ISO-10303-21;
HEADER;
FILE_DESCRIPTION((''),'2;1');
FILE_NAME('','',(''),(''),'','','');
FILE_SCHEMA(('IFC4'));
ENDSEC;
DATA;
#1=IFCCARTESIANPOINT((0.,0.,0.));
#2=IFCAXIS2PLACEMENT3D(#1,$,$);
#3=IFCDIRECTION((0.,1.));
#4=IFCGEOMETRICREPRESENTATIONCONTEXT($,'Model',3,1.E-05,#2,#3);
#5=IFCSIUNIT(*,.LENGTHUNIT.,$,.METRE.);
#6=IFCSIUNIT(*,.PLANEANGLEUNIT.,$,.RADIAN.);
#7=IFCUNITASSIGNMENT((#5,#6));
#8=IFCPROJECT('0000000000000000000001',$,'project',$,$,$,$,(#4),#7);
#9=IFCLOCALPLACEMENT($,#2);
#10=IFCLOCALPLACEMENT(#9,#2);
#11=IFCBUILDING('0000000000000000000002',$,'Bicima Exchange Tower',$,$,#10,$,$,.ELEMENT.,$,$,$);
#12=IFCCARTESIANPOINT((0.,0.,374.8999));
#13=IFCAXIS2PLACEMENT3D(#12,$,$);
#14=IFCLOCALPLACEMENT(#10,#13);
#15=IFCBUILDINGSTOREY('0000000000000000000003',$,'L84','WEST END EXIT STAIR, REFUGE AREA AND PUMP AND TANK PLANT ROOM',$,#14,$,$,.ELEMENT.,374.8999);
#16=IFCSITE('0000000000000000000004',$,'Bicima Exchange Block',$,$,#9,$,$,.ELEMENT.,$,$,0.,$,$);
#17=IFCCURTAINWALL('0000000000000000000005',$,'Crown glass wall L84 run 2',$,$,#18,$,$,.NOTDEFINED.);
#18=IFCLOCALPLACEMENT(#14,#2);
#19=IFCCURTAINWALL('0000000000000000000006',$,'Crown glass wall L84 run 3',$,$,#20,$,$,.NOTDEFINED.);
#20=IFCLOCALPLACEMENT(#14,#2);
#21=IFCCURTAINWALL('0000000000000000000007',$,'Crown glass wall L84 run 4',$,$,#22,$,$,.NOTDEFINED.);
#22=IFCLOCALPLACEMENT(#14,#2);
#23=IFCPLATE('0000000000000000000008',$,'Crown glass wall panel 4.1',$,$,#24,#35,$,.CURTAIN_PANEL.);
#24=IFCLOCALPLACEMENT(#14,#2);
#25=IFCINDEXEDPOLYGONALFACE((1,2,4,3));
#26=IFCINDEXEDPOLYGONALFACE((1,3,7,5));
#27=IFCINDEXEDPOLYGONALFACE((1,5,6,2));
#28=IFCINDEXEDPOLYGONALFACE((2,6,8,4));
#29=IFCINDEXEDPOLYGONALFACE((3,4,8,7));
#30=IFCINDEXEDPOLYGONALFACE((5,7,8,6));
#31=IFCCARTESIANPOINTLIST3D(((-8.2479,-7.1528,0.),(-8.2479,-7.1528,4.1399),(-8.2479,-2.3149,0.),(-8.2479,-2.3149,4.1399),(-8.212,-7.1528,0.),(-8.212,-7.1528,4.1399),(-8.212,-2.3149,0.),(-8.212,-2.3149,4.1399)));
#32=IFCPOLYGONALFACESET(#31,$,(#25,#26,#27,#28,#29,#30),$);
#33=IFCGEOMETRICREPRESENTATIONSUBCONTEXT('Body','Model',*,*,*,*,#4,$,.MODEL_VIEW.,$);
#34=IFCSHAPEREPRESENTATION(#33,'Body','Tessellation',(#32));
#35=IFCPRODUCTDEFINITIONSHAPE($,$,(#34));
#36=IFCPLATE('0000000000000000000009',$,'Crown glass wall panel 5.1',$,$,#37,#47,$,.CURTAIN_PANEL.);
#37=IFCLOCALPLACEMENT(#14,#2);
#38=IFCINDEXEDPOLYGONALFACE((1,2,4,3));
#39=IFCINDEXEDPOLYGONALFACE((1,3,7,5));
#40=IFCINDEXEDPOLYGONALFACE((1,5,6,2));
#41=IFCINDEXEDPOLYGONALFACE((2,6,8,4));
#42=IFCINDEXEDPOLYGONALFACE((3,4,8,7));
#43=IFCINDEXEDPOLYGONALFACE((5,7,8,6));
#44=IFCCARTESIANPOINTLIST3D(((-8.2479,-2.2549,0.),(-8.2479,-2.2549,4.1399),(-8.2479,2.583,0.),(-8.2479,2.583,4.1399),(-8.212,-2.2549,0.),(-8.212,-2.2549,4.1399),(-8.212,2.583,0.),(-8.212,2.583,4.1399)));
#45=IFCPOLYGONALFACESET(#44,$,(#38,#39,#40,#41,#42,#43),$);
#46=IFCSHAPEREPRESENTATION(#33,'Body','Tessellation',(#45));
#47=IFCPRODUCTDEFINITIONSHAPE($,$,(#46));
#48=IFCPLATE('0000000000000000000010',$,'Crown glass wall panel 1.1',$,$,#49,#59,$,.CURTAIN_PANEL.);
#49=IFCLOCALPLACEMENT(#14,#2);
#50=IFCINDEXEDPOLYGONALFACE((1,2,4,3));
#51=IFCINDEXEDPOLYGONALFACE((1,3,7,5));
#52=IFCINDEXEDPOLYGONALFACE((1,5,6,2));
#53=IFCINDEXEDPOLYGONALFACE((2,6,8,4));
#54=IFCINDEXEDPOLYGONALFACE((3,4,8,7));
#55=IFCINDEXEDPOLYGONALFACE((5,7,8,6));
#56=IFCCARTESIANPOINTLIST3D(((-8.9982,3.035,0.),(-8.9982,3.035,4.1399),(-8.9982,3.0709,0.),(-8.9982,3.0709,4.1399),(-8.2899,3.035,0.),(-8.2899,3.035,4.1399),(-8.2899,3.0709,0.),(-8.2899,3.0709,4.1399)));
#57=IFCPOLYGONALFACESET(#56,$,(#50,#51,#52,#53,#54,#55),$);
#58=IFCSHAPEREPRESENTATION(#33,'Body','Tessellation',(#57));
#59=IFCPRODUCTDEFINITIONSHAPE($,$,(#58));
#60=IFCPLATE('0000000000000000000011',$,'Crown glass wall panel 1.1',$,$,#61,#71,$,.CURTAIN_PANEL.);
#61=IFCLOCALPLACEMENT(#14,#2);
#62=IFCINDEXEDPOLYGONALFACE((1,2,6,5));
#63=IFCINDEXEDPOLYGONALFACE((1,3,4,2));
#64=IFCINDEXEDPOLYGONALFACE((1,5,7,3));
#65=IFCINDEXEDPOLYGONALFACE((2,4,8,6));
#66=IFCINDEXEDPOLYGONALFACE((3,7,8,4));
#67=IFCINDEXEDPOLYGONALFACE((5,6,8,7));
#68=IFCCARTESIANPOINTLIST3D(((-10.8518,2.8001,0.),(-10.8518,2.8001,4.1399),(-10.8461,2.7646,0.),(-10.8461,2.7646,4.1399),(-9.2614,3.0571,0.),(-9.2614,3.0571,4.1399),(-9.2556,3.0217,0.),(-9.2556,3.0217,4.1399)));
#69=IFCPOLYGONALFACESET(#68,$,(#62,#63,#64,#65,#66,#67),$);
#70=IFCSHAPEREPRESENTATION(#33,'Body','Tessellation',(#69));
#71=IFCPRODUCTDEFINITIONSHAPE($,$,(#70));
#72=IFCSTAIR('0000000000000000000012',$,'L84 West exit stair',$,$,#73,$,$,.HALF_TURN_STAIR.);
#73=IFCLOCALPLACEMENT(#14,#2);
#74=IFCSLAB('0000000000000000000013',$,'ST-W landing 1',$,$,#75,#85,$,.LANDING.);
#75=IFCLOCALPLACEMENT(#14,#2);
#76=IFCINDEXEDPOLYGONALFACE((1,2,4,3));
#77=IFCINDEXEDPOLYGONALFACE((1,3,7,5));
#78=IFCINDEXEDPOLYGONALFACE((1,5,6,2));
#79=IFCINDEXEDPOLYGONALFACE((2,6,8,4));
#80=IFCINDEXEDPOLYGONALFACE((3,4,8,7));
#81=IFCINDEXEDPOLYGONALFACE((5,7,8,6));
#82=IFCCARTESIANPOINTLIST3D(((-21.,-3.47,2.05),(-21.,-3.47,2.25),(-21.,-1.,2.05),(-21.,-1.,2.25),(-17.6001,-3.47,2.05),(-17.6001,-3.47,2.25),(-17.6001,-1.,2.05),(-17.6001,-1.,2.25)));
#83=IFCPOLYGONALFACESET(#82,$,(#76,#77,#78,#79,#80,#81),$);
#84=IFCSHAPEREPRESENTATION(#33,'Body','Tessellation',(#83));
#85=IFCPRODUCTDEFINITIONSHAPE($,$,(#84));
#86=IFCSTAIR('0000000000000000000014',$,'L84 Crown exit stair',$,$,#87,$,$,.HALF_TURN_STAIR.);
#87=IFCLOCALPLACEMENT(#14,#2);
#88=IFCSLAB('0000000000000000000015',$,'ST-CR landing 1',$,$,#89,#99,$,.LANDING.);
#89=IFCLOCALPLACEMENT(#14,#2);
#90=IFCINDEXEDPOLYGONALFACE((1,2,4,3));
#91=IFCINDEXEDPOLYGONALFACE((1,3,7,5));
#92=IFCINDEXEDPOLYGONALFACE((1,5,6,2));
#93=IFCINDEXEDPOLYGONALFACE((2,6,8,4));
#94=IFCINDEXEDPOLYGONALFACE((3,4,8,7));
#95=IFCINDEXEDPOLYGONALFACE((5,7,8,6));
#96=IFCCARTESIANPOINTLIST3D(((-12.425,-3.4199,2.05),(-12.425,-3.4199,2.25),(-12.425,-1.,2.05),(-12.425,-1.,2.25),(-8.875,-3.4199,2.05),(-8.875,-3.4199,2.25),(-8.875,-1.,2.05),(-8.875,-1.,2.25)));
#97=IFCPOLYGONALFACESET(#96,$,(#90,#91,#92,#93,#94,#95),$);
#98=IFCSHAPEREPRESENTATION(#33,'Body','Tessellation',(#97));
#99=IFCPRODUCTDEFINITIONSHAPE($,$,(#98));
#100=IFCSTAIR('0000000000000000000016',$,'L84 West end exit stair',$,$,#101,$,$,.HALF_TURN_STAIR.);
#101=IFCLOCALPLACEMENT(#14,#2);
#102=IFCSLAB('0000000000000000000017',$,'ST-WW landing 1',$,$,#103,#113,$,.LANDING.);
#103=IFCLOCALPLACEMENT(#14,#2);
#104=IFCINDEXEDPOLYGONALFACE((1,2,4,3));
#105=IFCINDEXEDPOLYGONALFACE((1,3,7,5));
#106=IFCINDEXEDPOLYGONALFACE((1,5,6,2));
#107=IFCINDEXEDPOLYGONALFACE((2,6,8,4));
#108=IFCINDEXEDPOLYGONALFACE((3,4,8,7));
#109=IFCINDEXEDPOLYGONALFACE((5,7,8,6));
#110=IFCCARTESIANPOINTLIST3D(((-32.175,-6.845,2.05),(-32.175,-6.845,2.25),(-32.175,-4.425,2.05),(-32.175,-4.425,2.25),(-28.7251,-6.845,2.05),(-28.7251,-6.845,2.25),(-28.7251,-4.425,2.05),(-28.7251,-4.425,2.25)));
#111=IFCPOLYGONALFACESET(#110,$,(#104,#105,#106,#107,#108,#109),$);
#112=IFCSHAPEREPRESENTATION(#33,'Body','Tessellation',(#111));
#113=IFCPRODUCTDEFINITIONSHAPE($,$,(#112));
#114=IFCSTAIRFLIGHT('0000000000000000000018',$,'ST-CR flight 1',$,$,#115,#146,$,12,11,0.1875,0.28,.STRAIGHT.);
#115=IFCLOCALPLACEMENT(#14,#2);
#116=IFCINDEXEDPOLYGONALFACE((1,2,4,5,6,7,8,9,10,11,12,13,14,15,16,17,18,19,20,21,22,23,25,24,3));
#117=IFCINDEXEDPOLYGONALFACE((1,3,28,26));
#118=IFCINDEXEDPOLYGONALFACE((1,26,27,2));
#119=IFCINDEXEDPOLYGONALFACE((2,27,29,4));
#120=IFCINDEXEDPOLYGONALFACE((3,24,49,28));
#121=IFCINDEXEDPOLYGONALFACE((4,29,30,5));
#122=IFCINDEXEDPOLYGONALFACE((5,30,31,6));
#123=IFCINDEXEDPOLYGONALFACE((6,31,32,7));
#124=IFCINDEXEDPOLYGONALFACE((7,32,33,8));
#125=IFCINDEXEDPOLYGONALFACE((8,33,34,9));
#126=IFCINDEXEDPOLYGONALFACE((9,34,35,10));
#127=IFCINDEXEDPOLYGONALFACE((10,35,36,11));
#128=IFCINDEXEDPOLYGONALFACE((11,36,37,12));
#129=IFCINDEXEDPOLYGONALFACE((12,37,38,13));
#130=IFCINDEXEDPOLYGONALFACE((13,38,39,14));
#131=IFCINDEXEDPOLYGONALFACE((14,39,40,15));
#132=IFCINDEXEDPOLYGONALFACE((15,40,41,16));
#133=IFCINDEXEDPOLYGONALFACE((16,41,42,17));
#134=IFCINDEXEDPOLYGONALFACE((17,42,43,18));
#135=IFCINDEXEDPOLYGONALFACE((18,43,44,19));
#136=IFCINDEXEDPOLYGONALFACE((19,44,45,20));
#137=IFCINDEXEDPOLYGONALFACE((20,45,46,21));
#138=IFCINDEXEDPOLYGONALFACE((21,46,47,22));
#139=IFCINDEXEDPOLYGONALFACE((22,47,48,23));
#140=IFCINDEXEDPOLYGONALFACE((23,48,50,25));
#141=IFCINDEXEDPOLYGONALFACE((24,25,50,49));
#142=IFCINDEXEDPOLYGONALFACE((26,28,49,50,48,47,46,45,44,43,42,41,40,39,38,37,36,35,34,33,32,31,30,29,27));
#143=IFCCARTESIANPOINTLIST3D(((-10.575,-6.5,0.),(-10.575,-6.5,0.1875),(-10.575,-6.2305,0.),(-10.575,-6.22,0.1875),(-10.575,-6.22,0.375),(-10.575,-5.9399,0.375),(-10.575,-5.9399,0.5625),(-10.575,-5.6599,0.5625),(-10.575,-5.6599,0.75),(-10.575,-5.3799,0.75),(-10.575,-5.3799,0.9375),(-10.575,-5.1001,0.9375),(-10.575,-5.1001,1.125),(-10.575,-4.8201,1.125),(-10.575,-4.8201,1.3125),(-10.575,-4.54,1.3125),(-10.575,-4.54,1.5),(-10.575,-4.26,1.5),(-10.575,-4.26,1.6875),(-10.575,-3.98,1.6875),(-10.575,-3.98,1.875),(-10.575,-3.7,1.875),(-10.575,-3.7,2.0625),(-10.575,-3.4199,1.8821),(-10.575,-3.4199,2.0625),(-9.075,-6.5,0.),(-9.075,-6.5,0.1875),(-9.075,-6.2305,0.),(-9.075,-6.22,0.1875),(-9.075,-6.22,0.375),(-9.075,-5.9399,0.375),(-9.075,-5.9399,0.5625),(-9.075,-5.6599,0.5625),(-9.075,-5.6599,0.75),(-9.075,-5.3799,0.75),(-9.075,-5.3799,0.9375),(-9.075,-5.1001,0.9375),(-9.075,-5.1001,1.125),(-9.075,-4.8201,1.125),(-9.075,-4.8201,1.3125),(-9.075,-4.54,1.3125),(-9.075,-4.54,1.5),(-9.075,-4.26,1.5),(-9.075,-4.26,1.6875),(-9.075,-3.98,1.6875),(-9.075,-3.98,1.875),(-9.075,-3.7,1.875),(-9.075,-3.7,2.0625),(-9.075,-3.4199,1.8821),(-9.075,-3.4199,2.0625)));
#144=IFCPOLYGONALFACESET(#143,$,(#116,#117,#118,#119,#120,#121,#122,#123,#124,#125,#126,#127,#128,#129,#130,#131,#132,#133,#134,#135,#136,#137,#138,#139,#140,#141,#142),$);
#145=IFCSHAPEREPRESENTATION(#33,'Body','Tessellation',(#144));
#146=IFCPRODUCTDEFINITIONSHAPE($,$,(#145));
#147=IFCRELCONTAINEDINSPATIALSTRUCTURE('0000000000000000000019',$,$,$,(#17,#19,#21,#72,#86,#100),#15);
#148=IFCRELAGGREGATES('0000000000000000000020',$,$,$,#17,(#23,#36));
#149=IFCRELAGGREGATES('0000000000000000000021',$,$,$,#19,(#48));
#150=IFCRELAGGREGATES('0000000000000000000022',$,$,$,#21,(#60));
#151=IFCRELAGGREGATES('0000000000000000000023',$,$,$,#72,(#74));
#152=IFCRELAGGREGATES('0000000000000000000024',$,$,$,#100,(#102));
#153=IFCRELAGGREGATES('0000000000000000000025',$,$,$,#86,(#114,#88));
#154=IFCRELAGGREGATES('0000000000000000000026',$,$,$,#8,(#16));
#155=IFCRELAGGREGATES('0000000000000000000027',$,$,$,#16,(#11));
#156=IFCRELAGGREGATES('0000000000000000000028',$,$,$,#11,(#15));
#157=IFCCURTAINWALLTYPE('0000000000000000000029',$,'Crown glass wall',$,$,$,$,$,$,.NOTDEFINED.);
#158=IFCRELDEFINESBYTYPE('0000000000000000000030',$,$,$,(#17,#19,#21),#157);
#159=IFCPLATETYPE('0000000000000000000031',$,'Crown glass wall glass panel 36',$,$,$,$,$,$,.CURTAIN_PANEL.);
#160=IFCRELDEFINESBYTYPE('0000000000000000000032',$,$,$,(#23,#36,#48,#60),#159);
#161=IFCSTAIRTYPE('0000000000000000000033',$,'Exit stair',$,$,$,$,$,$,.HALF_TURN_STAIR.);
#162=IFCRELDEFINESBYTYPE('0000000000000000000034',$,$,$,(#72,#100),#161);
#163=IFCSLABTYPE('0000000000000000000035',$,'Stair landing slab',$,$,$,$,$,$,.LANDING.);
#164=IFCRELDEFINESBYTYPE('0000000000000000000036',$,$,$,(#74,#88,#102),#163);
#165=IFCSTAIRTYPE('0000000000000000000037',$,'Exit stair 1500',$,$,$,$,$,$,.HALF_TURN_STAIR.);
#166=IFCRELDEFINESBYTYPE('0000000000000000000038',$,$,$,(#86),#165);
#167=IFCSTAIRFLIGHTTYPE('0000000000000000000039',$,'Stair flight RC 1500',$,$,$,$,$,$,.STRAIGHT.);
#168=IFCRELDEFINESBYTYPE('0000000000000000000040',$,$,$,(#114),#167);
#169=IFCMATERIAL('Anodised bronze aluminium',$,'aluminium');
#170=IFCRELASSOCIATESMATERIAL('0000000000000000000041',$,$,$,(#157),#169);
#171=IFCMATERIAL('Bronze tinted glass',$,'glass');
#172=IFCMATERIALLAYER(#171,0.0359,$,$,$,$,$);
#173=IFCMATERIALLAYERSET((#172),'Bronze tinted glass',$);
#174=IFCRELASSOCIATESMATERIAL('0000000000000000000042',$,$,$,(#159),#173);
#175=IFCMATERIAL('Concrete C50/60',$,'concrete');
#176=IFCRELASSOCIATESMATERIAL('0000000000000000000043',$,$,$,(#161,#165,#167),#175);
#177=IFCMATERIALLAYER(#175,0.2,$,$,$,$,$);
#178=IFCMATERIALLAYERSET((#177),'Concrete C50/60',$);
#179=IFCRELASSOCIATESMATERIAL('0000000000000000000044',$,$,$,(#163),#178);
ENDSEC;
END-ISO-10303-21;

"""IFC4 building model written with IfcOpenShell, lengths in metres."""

from ifc_helpers import new_model, si_unit, direction, frame, origin, origin_2d, place, context, subcontext, project, spatial, polyline, rectangle, outline, extrude, material, layer, layer_set, type_object, element, aggregate, save


model = new_model("IFC4")

# Units and contexts
model_context = context("Model", 3, precision=1e-05, world=origin(), true_north=direction((0.0, 1.0)))
body_context = subcontext(model_context, "Body", "Model", "MODEL_VIEW")
ifc_project = project(units=[si_unit("LENGTHUNIT", "METRE"), si_unit("PLANEANGLEUNIT", "RADIAN")], contexts=[model_context])

# Site, building, storey
site_placement = place(None, origin())
site = spatial("IfcSite", under=ifc_project, at=site_placement, Name="Bicima Exchange Block", CompositionType="ELEMENT", RefElevation=0.0)
building_placement = place(site_placement, origin())
building = spatial("IfcBuilding", under=site, at=building_placement, Name="Bicima Exchange Tower", CompositionType="ELEMENT")
storey_placement = place(building_placement, frame((0.0, 0.0, 374.8999)))
storey = spatial("IfcBuildingStorey", under=building, at=storey_placement, Name="L84", Description="WEST END EXIT STAIR, REFUGE AREA AND PUMP AND TANK PLANT ROOM", CompositionType="ELEMENT", Elevation=374.8999)

# Curtain walls
ifc_material_1 = material(Name="Anodised bronze aluminium", Category="aluminium")
curtain_wall_type = type_object("IfcCurtainWallType", Name="Crown glass wall", PredefinedType="NOTDEFINED", material=ifc_material_1)
curtain_wall_1_placement = place(storey_placement, origin())
curtain_wall_1 = element("IfcCurtainWall", 1, at=curtain_wall_1_placement, inside=storey, type_object=curtain_wall_type, Name="Crown glass wall L84 run 2", PredefinedType="NOTDEFINED")
curtain_wall_2_placement = place(storey_placement, origin())
curtain_wall_2 = element("IfcCurtainWall", 2, at=curtain_wall_2_placement, inside=storey, type_object=curtain_wall_type, Name="Crown glass wall L84 run 3", PredefinedType="NOTDEFINED")
curtain_wall_3_placement = place(storey_placement, origin())
curtain_wall_3 = element("IfcCurtainWall", 3, at=curtain_wall_3_placement, inside=storey, type_object=curtain_wall_type, Name="Crown glass wall L84 run 4", PredefinedType="NOTDEFINED")

# Plates
ifc_material_2 = material(Name="Bronze tinted glass", Category="glass")
ifc_layer_1 = layer(ifc_material_2, 0.0359)
ifc_layer_set_1 = layer_set([ifc_layer_1], Name="Bronze tinted glass")
plate_type = type_object("IfcPlateType", Name="Crown glass wall glass panel 36", PredefinedType="CURTAIN_PANEL", material=ifc_layer_set_1)
plate_1_placement = place(storey_placement, frame((-8.23, -4.7339, 0.0), z_axis=(0.0, 0.0, 1.0), x_axis=(0.0, 1.0, 0.0)))
plate_1 = element("IfcPlate", 4, at=plate_1_placement, type_object=plate_type, Name="Crown glass wall panel 4.1", PredefinedType="CURTAIN_PANEL", context=body_context, shape_type="SweptSolid", body=[
    extrude(rectangle(XDim=4.8379, YDim=0.0359, at=origin_2d()), origin(), (0.0, 0.0, 1.0), 4.1399),
])
plate_2_placement = place(storey_placement, frame((-8.23, 0.1641, 0.0), z_axis=(0.0, 0.0, 1.0), x_axis=(0.0, 1.0, 0.0)))
plate_2 = element("IfcPlate", 5, at=plate_2_placement, type_object=plate_type, Name="Crown glass wall panel 5.1", PredefinedType="CURTAIN_PANEL", context=body_context, shape_type="SweptSolid", body=[
    extrude(rectangle(XDim=4.8379, YDim=0.0359, at=origin_2d()), origin(), (0.0, 0.0, 1.0), 4.1399),
])
aggregate(curtain_wall_1, [plate_1, plate_2])
plate_3_placement = place(storey_placement, frame((-8.644, 3.053, 0.0), z_axis=(0.0, 0.0, 1.0), x_axis=(-1.0, 0.0, 0.0)))
plate_3 = element("IfcPlate", 6, at=plate_3_placement, type_object=plate_type, Name="Crown glass wall panel 1.1", PredefinedType="CURTAIN_PANEL", context=body_context, shape_type="SweptSolid", body=[
    extrude(rectangle(XDim=0.7083, YDim=0.0359, at=origin_2d()), origin(), (0.0, 0.0, 1.0), 4.1399),
])
aggregate(curtain_wall_2, [plate_3])
plate_4_placement = place(storey_placement, frame((-10.0537, 2.9109, 0.0), z_axis=(0.0, 0.0, 1.0), x_axis=(-0.98719, -0.15955, 0.0)))
plate_4 = element("IfcPlate", 7, at=plate_4_placement, type_object=plate_type, Name="Crown glass wall panel 1.1", PredefinedType="CURTAIN_PANEL", context=body_context, shape_type="SweptSolid", body=[
    extrude(rectangle(XDim=1.6111, YDim=0.0359, at=origin_2d()), origin(), (0.0, 0.0, 1.0), 4.1399),
])
aggregate(curtain_wall_3, [plate_4])

# Stairs, slabs
ifc_material_3 = material(Name="Concrete C50/60", Category="concrete")
stair_type_1 = type_object("IfcStairType", Name="Exit stair", PredefinedType="HALF_TURN_STAIR", material=ifc_material_3)
stair_1_placement = place(storey_placement, origin())
stair_1 = element("IfcStair", 8, at=stair_1_placement, inside=storey, type_object=stair_type_1, Name="L84 West exit stair", PredefinedType="HALF_TURN_STAIR")
ifc_layer_2 = layer(ifc_material_3, 0.2)
ifc_layer_set_2 = layer_set([ifc_layer_2], Name="Concrete C50/60")
slab_type_1 = type_object("IfcSlabType", Name="Stair landing slab", PredefinedType="LANDING", material=ifc_layer_set_2)
slab_1_placement = place(storey_placement, frame((0.0, 0.0, 2.05)))
slab_1 = element("IfcSlab", 9, at=slab_1_placement, type_object=slab_type_1, Name="ST-W landing 1", PredefinedType="LANDING", context=body_context, shape_type="SweptSolid", body=[
    extrude(outline(polyline([(-17.6001, -3.47), (-17.6001, -1.0), (-21.0, -1.0), (-21.0, -3.47), (-17.6001, -3.47)])), origin(), (0.0, 0.0, 1.0), 0.2),
])
aggregate(stair_1, [slab_1])
stair_type_2 = type_object("IfcStairType", Name="Exit stair 1500", PredefinedType="HALF_TURN_STAIR", material=ifc_material_3)
stair_2_placement = place(storey_placement, origin())
stair_2 = element("IfcStair", 10, at=stair_2_placement, inside=storey, type_object=stair_type_2, Name="L84 Crown exit stair", PredefinedType="HALF_TURN_STAIR")
slab_2_placement = place(storey_placement, frame((0.0, 0.0, 2.05)))
slab_2 = element("IfcSlab", 11, at=slab_2_placement, type_object=slab_type_1, Name="ST-CR landing 1", PredefinedType="LANDING", context=body_context, shape_type="SweptSolid", body=[
    extrude(outline(polyline([(-8.875, -3.4199), (-8.875, -1.0), (-12.425, -1.0), (-12.425, -3.4199), (-8.875, -3.4199)])), origin(), (0.0, 0.0, 1.0), 0.2),
])
stair_3_placement = place(storey_placement, origin())
stair_3 = element("IfcStair", 12, at=stair_3_placement, inside=storey, type_object=stair_type_1, Name="L84 West end exit stair", PredefinedType="HALF_TURN_STAIR")
slab_3_placement = place(storey_placement, frame((0.0, 0.0, 2.05)))
slab_3 = element("IfcSlab", 13, at=slab_3_placement, type_object=slab_type_1, Name="ST-WW landing 1", PredefinedType="LANDING", context=body_context, shape_type="SweptSolid", body=[
    extrude(outline(polyline([(-28.7251, -6.845), (-28.7251, -4.425), (-32.175, -4.425), (-32.175, -6.845), (-28.7251, -6.845)])), origin(), (0.0, 0.0, 1.0), 0.2),
])
aggregate(stair_3, [slab_3])

# Stair flight
stair_flight_type = type_object("IfcStairFlightType", Name="Stair flight RC 1500", PredefinedType="STRAIGHT", material=ifc_material_3)
stair_flight_placement = place(storey_placement, frame((-9.825, -6.5, 0.0), z_axis=(0.0, 0.0, 1.0), x_axis=(0.0, 1.0, 0.0)))
stair_flight = element("IfcStairFlight", 14, at=stair_flight_placement, type_object=stair_flight_type, Name="ST-CR flight 1", NumberOfRisers=12, NumberOfTreads=11, PredefinedType="STRAIGHT", RiserHeight=0.1875, TreadLength=0.28, context=body_context, shape_type="SweptSolid", body=[
    extrude(outline(polyline([(0.0, 0.0), (0.0, 0.1875), (0.28, 0.1875), (0.28, 0.375), (0.5601, 0.375), (0.5601, 0.5625), (0.8401, 0.5625), (0.8401, 0.75), (1.1201, 0.75), (1.1201, 0.9375), (1.3999, 0.9375), (1.3999, 1.125), (1.6799, 1.125), (1.6799, 1.3125), (1.96, 1.3125), (1.96, 1.5), (2.24, 1.5), (2.24, 1.6875), (2.52, 1.6875), (2.52, 1.875), (2.8, 1.875), (2.8, 2.0625), (3.0801, 2.0625), (3.0801, 2.25), (3.0801, 1.8821), (0.2695, 0.0), (0.0, 0.0)])), frame((0.0, 0.75, 0.0), z_axis=(0.0, -1.0, 0.0), x_axis=(1.0, 0.0, 0.0)), (0.0, 0.0, 1.0), 1.5),
])
aggregate(stair_2, [stair_flight, slab_2])

save(model, "model.ifc")
